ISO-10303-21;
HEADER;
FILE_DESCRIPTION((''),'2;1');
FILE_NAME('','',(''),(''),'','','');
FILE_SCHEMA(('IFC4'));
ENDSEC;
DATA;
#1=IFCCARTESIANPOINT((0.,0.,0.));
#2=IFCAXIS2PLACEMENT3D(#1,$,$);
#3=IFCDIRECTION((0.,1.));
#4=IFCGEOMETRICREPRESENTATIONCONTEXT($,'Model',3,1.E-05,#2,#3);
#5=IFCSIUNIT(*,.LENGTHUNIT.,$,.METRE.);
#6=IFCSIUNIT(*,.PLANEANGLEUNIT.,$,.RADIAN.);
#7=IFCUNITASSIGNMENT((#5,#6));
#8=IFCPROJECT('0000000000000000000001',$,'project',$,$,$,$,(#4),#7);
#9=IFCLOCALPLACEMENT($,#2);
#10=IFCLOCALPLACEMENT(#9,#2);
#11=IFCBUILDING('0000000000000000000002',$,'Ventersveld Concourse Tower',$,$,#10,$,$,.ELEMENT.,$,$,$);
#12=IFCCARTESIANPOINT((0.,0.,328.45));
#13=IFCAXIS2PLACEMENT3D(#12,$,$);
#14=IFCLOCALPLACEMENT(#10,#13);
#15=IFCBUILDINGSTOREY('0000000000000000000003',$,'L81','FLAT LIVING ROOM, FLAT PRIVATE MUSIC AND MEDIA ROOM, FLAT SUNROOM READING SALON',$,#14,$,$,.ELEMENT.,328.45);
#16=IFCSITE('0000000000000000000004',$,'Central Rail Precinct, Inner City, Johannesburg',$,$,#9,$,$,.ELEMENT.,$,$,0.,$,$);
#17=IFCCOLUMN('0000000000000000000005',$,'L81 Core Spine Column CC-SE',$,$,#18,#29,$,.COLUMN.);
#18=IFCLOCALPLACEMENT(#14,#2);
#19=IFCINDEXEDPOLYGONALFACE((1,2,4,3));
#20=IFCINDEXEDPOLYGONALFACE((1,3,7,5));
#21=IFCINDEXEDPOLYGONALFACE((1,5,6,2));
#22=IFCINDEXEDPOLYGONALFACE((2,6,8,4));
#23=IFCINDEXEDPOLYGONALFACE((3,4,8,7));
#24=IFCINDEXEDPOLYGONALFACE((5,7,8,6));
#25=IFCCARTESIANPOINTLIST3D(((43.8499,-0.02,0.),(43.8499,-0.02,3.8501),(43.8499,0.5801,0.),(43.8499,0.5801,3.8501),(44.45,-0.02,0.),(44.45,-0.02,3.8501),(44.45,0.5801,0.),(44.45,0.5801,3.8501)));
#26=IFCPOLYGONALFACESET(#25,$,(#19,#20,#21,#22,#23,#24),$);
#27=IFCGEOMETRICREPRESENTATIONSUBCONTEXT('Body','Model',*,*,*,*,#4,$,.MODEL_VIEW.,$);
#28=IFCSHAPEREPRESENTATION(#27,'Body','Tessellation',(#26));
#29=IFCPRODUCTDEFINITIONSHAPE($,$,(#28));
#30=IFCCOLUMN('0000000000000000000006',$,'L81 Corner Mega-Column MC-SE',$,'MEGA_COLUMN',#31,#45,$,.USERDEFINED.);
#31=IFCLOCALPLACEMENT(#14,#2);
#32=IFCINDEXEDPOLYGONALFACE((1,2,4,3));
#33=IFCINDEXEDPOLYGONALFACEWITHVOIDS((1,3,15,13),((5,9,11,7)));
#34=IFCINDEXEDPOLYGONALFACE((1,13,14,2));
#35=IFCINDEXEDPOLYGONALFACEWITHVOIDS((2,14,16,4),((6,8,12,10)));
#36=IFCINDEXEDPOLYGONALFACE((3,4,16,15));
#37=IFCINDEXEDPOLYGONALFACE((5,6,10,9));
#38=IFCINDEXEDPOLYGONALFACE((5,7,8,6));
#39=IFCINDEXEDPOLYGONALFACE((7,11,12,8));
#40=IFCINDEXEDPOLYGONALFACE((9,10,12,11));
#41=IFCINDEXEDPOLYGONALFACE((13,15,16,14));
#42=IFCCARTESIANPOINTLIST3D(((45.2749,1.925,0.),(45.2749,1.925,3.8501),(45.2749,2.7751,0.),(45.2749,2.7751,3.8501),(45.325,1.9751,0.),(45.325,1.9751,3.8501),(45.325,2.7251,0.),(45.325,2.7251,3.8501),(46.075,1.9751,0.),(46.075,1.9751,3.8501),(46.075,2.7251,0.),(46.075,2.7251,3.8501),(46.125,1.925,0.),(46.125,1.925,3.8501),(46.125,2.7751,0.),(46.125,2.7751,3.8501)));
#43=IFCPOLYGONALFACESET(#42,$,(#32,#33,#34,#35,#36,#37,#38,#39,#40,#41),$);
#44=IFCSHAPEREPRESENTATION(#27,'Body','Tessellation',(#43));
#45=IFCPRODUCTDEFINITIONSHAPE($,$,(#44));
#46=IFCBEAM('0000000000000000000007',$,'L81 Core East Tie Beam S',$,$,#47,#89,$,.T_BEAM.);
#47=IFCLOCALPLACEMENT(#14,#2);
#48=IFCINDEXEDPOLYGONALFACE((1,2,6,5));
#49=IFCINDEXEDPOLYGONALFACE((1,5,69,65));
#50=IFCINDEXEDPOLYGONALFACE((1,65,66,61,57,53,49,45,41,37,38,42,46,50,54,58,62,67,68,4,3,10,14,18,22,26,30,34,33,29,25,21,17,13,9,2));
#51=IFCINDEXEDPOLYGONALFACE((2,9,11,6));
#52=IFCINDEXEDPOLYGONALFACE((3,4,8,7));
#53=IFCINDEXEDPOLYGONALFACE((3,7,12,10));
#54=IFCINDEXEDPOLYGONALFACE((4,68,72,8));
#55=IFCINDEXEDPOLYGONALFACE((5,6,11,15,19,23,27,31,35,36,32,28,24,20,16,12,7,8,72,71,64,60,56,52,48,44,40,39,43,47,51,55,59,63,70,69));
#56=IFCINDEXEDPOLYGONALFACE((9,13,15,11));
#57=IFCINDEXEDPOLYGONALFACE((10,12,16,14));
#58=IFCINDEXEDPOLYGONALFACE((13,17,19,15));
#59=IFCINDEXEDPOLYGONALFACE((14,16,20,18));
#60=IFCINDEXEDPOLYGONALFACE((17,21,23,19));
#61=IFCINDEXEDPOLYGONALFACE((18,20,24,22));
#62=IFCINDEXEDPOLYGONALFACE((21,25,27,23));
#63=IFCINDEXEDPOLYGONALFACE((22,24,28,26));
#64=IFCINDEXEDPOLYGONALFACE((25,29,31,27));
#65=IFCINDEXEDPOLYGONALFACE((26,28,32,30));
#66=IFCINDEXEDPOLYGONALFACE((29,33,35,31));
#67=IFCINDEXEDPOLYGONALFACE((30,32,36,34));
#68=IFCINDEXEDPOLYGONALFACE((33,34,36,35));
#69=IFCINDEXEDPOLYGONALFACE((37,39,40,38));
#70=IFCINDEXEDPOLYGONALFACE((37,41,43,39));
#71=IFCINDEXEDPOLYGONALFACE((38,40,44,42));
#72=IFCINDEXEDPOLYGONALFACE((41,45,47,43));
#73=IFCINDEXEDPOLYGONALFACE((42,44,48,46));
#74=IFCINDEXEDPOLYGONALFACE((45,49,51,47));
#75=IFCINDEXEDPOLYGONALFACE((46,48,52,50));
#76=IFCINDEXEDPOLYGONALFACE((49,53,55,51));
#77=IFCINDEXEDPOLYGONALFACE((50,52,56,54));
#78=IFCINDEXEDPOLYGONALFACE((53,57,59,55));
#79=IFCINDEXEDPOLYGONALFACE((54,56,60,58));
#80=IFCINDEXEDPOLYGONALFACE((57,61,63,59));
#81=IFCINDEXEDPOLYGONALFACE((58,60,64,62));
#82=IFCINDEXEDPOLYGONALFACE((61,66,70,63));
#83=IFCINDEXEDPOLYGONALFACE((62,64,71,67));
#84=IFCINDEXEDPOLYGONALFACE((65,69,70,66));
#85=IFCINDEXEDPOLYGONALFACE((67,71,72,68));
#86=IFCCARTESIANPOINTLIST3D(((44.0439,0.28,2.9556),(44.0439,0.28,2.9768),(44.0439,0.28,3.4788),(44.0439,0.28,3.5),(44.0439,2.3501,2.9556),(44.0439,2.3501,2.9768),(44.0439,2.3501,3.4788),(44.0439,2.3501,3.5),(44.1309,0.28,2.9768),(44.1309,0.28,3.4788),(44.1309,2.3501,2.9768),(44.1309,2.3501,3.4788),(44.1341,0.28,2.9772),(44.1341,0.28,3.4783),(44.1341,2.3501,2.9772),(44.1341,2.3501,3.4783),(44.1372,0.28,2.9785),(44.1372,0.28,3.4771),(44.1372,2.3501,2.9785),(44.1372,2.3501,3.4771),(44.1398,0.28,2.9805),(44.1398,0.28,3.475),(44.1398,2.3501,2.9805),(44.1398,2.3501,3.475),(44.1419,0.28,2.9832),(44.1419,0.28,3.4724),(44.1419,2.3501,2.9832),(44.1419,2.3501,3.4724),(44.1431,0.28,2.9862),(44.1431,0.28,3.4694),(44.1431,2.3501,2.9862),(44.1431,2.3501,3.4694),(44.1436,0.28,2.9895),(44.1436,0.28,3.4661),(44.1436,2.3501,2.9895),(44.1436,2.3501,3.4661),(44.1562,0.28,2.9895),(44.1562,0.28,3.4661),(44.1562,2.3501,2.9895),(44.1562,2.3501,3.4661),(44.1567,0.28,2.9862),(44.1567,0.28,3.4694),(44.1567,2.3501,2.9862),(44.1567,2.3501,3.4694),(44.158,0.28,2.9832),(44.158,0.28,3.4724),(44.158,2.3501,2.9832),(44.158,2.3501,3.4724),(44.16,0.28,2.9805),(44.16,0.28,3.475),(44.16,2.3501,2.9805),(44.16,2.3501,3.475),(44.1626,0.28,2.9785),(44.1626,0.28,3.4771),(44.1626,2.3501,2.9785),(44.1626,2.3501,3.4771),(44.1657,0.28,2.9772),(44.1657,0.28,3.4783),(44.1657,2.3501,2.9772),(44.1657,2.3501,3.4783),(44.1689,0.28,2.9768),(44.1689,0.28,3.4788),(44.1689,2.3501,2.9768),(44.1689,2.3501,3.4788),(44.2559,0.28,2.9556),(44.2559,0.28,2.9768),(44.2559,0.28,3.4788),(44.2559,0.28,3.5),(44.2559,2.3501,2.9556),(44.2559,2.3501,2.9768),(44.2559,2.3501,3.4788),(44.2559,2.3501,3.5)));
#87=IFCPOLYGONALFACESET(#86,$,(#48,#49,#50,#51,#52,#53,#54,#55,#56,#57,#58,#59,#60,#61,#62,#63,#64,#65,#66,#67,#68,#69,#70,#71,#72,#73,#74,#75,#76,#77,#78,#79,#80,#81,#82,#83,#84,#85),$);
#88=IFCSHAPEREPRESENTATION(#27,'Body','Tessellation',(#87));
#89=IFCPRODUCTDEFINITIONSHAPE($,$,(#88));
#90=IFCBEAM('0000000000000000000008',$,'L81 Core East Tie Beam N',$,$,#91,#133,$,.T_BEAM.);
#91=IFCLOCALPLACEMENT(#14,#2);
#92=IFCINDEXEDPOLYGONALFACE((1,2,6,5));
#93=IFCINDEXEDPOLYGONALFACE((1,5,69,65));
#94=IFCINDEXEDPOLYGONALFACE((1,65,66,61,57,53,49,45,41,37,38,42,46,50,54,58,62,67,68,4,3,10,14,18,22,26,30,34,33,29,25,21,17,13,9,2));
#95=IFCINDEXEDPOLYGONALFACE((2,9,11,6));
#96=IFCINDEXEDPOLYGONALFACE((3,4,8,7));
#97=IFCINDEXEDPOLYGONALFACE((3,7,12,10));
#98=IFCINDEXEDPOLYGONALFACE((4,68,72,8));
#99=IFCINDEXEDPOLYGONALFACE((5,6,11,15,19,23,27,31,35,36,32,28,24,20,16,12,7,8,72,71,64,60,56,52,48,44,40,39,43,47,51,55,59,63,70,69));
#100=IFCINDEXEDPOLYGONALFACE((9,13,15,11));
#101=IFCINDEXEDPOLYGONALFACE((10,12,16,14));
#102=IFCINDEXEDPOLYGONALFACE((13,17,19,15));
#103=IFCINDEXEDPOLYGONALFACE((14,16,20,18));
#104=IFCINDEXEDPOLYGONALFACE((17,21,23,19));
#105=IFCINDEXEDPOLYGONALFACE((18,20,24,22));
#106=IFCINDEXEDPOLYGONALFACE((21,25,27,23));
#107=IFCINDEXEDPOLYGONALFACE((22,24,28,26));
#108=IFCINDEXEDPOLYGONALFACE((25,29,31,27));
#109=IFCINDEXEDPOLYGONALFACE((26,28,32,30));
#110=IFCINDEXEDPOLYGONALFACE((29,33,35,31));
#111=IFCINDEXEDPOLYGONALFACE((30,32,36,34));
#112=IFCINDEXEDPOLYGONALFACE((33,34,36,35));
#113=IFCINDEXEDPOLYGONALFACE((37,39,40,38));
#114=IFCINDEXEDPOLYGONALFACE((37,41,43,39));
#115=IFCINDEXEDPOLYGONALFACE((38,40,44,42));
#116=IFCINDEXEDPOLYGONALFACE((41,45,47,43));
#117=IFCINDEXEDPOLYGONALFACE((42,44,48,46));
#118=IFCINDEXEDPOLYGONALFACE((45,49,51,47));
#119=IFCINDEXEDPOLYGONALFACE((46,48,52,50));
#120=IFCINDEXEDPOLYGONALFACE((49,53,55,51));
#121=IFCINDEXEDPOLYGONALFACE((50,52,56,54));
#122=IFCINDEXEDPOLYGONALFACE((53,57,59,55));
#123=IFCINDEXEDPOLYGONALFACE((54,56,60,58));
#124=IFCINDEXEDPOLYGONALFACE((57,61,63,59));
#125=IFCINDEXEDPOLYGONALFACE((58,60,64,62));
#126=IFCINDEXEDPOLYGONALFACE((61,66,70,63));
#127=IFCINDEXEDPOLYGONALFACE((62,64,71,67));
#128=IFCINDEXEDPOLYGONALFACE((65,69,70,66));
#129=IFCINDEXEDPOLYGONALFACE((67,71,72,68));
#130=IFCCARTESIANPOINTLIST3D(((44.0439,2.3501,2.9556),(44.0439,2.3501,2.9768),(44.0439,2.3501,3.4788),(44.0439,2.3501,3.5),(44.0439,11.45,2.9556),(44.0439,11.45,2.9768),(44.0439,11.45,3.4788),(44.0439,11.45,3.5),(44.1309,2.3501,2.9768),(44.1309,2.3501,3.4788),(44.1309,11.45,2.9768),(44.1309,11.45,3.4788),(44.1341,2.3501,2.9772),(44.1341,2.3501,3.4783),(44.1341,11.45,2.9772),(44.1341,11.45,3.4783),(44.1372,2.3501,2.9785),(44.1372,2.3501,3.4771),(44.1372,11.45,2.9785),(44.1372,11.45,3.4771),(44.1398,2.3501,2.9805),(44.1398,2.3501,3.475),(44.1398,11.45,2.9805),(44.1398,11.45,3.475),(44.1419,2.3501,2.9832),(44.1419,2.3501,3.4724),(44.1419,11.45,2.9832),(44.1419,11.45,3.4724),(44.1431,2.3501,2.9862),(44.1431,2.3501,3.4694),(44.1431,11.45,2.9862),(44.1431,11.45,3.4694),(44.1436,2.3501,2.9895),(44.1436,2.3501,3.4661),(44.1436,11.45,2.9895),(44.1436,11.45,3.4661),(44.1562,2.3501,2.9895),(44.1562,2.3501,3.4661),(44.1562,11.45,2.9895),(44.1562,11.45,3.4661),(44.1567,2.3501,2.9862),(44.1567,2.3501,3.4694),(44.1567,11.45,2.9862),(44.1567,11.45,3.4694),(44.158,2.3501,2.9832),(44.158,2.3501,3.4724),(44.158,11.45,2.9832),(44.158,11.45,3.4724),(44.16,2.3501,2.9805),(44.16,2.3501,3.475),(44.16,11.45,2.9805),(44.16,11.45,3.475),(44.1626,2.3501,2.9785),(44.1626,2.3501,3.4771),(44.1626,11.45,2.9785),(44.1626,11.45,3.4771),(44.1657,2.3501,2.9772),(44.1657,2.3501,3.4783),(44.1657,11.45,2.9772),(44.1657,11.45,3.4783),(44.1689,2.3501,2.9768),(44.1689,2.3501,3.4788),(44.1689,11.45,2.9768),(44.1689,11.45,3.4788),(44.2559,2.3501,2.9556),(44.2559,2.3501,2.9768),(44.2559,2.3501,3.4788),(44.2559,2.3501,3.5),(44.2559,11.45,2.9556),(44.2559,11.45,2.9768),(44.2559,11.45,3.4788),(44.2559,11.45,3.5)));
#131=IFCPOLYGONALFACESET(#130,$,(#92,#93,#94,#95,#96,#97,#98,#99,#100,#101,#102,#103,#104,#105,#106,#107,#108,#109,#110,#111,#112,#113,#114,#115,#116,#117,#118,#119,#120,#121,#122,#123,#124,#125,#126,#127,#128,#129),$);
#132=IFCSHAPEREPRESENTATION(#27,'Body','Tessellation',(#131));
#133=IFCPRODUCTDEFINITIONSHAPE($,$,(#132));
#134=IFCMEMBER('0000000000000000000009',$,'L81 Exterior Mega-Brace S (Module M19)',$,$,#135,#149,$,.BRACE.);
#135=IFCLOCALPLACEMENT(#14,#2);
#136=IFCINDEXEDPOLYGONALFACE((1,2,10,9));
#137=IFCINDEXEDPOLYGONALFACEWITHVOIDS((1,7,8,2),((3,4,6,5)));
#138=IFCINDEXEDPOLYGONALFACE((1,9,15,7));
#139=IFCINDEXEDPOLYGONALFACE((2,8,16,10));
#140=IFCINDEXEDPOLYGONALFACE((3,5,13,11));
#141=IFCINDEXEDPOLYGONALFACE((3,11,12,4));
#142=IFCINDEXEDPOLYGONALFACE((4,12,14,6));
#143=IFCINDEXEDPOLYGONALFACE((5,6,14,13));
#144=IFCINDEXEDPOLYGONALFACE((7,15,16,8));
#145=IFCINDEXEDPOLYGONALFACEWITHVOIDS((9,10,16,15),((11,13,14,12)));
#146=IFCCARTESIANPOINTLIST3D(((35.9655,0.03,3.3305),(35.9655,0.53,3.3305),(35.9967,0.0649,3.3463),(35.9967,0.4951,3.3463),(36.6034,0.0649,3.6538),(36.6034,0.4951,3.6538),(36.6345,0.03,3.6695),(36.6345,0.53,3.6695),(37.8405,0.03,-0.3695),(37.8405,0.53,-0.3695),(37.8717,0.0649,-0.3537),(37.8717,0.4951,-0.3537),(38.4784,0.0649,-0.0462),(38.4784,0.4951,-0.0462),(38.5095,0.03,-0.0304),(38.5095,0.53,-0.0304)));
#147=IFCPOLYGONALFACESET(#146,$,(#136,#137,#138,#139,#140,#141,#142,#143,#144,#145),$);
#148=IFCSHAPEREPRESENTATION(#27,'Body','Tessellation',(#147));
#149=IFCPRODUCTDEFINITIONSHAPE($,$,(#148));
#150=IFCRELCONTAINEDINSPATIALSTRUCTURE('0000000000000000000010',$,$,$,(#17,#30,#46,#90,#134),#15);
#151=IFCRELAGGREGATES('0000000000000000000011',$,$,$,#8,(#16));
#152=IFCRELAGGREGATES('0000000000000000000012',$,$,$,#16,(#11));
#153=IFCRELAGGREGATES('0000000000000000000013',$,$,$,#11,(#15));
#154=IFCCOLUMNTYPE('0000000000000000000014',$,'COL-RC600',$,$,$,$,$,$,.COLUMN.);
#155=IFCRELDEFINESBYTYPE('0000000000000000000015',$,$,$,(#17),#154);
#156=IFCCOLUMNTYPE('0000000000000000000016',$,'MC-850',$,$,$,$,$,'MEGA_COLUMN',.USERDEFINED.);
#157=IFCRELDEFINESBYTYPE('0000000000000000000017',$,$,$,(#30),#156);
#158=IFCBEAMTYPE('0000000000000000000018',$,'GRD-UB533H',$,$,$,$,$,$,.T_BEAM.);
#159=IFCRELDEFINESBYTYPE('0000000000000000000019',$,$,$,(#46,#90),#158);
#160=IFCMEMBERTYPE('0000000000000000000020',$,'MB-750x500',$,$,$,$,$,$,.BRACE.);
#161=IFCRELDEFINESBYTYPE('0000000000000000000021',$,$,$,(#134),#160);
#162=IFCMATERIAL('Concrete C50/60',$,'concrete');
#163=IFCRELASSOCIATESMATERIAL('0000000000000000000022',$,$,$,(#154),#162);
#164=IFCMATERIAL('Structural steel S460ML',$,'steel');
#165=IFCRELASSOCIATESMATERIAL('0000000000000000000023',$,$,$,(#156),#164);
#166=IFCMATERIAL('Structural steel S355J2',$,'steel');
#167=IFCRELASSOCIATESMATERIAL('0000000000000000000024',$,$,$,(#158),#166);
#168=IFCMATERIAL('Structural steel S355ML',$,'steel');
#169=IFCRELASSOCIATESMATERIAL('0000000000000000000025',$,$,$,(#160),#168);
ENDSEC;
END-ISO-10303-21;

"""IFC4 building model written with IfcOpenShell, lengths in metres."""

from ifc_helpers import new_model, si_unit, direction, frame, origin, origin_2d, place, context, subcontext, project, spatial, rectangle, hollow_rectangle, i_section, extrude, material, material_profile, profile_set, type_object, element, save


model = new_model("IFC4")

# Units and contexts
model_context = context("Model", 3, precision=1e-05, world=origin(), true_north=direction((0.0, 1.0)))
body_context = subcontext(model_context, "Body", "Model", "MODEL_VIEW")
ifc_project = project(units=[si_unit("LENGTHUNIT", "METRE"), si_unit("PLANEANGLEUNIT", "RADIAN")], contexts=[model_context])

# Site, building, storey
site_placement = place(None, origin())
site = spatial("IfcSite", under=ifc_project, at=site_placement, Name="Central Rail Precinct, Inner City, Johannesburg", CompositionType="ELEMENT", RefElevation=0.0)
building_placement = place(site_placement, origin())
building = spatial("IfcBuilding", under=site, at=building_placement, Name="Ventersveld Concourse Tower", CompositionType="ELEMENT")
storey_placement = place(building_placement, frame((0.0, 0.0, 328.45)))
storey = spatial("IfcBuildingStorey", under=building, at=storey_placement, Name="L81", Description="FLAT LIVING ROOM, FLAT PRIVATE MUSIC AND MEDIA ROOM, FLAT SUNROOM READING SALON", CompositionType="ELEMENT", Elevation=328.45)

# Columns
ifc_material_1 = material(Name="Concrete C50/60", Category="concrete")
ifc_material_profile_1 = material_profile(ifc_material_1, rectangle(XDim=0.6001, YDim=0.6001, at=origin_2d()), Name="RC 600x600")
ifc_profile_set_1 = profile_set([ifc_material_profile_1], Name="Concrete C50/60")
column_type_1 = type_object("IfcColumnType", Name="COL-RC600", PredefinedType="COLUMN", material=ifc_profile_set_1)
column_1_placement = place(storey_placement, frame((44.1499, 0.28, 0.0), z_axis=(0.0, 0.0, 1.0), x_axis=(1.0, 0.0, 0.0)))
element("IfcColumn", 1, at=column_1_placement, inside=storey, type_object=column_type_1, Name="L81 Core Spine Column CC-SE", PredefinedType="COLUMN", context=body_context, shape_type="SweptSolid", body=[
    extrude(rectangle(XDim=0.6001, YDim=0.6001, at=origin_2d()), origin(), (0.0, 0.0, 1.0), 3.8501),
])
ifc_material_2 = material(Name="Structural steel S460ML", Category="steel")
ifc_material_profile_2 = material_profile(ifc_material_2, hollow_rectangle(XDim=0.8501, YDim=0.8501, WallThickness=0.05, at=origin_2d()), Name="BOX 850x850x50")
ifc_profile_set_2 = profile_set([ifc_material_profile_2], Name="Structural steel S460ML")
column_type_2 = type_object("IfcColumnType", Name="MC-850", ElementType="MEGA_COLUMN", PredefinedType="USERDEFINED", material=ifc_profile_set_2)
column_2_placement = place(storey_placement, frame((45.7, 2.3501, 0.0), z_axis=(0.0, 0.0, 1.0), x_axis=(1.0, 0.0, 0.0)))
element("IfcColumn", 2, at=column_2_placement, inside=storey, type_object=column_type_2, Name="L81 Corner Mega-Column MC-SE", ObjectType="MEGA_COLUMN", PredefinedType="USERDEFINED", context=body_context, shape_type="SweptSolid", body=[
    extrude(hollow_rectangle(XDim=0.8501, YDim=0.8501, WallThickness=0.05, at=origin_2d()), origin(), (0.0, 0.0, 1.0), 3.8501),
])

# Beams
ifc_material_3 = material(Name="Structural steel S355J2", Category="steel")
ifc_material_profile_3 = material_profile(ifc_material_3, i_section(OverallWidth=0.2119, OverallDepth=0.5444, WebThickness=0.0127, FlangeThickness=0.0212, FilletRadius=0.0127, at=origin_2d()), Name="UB 533x210x122")
ifc_profile_set_3 = profile_set([ifc_material_profile_3], Name="Structural steel S355J2")
beam_type_1 = type_object("IfcBeamType", Name="GRD-UB533H", PredefinedType="T_BEAM", material=ifc_profile_set_3)
beam_1_placement = place(storey_placement, frame((44.1499, 0.28, 3.2278), z_axis=(0.0, 1.0, 0.0), x_axis=(-1.0, 0.0, 0.0)))
element("IfcBeam", 3, at=beam_1_placement, inside=storey, type_object=beam_type_1, Name="L81 Core East Tie Beam S", PredefinedType="T_BEAM", context=body_context, shape_type="SweptSolid", body=[
    extrude(i_section(OverallWidth=0.2119, OverallDepth=0.5444, WebThickness=0.0127, FlangeThickness=0.0212, FilletRadius=0.0127, at=origin_2d()), origin(), (0.0, 0.0, 1.0), 2.0701),
])
beam_2_placement = place(storey_placement, frame((44.1499, 2.3501, 3.2278), z_axis=(0.0, 1.0, 0.0), x_axis=(-1.0, 0.0, 0.0)))
element("IfcBeam", 4, at=beam_2_placement, inside=storey, type_object=beam_type_1, Name="L81 Core East Tie Beam N", PredefinedType="T_BEAM", context=body_context, shape_type="SweptSolid", body=[
    extrude(i_section(OverallWidth=0.2119, OverallDepth=0.5444, WebThickness=0.0127, FlangeThickness=0.0212, FilletRadius=0.0127, at=origin_2d()), origin(), (0.0, 0.0, 1.0), 9.0999),
])

# Member
ifc_material_4 = material(Name="Structural steel S355ML", Category="steel")
ifc_material_profile_4 = material_profile(ifc_material_4, hollow_rectangle(XDim=0.5, YDim=0.75, WallThickness=0.0349, at=origin_2d()), Name="BOX 750x500x35")
ifc_profile_set_4 = profile_set([ifc_material_profile_4], Name="Structural steel S355ML")
member_type = type_object("IfcMemberType", Name="MB-750x500", PredefinedType="BRACE", material=ifc_profile_set_4)
member_placement = place(storey_placement, frame((38.175, 0.28, -0.2), z_axis=(-0.452033, 0.0, 0.892001), x_axis=(0.0, -1.0, 0.0)))
element("IfcMember", 5, at=member_placement, inside=storey, type_object=member_type, Name="L81 Exterior Mega-Brace S (Module M19)", PredefinedType="BRACE", context=body_context, shape_type="SweptSolid", body=[
    extrude(hollow_rectangle(XDim=0.5, YDim=0.75, WallThickness=0.0349, at=origin_2d()), origin(), (0.0, 0.0, 1.0), 4.1479),
])

save(model, "model.ifc")
